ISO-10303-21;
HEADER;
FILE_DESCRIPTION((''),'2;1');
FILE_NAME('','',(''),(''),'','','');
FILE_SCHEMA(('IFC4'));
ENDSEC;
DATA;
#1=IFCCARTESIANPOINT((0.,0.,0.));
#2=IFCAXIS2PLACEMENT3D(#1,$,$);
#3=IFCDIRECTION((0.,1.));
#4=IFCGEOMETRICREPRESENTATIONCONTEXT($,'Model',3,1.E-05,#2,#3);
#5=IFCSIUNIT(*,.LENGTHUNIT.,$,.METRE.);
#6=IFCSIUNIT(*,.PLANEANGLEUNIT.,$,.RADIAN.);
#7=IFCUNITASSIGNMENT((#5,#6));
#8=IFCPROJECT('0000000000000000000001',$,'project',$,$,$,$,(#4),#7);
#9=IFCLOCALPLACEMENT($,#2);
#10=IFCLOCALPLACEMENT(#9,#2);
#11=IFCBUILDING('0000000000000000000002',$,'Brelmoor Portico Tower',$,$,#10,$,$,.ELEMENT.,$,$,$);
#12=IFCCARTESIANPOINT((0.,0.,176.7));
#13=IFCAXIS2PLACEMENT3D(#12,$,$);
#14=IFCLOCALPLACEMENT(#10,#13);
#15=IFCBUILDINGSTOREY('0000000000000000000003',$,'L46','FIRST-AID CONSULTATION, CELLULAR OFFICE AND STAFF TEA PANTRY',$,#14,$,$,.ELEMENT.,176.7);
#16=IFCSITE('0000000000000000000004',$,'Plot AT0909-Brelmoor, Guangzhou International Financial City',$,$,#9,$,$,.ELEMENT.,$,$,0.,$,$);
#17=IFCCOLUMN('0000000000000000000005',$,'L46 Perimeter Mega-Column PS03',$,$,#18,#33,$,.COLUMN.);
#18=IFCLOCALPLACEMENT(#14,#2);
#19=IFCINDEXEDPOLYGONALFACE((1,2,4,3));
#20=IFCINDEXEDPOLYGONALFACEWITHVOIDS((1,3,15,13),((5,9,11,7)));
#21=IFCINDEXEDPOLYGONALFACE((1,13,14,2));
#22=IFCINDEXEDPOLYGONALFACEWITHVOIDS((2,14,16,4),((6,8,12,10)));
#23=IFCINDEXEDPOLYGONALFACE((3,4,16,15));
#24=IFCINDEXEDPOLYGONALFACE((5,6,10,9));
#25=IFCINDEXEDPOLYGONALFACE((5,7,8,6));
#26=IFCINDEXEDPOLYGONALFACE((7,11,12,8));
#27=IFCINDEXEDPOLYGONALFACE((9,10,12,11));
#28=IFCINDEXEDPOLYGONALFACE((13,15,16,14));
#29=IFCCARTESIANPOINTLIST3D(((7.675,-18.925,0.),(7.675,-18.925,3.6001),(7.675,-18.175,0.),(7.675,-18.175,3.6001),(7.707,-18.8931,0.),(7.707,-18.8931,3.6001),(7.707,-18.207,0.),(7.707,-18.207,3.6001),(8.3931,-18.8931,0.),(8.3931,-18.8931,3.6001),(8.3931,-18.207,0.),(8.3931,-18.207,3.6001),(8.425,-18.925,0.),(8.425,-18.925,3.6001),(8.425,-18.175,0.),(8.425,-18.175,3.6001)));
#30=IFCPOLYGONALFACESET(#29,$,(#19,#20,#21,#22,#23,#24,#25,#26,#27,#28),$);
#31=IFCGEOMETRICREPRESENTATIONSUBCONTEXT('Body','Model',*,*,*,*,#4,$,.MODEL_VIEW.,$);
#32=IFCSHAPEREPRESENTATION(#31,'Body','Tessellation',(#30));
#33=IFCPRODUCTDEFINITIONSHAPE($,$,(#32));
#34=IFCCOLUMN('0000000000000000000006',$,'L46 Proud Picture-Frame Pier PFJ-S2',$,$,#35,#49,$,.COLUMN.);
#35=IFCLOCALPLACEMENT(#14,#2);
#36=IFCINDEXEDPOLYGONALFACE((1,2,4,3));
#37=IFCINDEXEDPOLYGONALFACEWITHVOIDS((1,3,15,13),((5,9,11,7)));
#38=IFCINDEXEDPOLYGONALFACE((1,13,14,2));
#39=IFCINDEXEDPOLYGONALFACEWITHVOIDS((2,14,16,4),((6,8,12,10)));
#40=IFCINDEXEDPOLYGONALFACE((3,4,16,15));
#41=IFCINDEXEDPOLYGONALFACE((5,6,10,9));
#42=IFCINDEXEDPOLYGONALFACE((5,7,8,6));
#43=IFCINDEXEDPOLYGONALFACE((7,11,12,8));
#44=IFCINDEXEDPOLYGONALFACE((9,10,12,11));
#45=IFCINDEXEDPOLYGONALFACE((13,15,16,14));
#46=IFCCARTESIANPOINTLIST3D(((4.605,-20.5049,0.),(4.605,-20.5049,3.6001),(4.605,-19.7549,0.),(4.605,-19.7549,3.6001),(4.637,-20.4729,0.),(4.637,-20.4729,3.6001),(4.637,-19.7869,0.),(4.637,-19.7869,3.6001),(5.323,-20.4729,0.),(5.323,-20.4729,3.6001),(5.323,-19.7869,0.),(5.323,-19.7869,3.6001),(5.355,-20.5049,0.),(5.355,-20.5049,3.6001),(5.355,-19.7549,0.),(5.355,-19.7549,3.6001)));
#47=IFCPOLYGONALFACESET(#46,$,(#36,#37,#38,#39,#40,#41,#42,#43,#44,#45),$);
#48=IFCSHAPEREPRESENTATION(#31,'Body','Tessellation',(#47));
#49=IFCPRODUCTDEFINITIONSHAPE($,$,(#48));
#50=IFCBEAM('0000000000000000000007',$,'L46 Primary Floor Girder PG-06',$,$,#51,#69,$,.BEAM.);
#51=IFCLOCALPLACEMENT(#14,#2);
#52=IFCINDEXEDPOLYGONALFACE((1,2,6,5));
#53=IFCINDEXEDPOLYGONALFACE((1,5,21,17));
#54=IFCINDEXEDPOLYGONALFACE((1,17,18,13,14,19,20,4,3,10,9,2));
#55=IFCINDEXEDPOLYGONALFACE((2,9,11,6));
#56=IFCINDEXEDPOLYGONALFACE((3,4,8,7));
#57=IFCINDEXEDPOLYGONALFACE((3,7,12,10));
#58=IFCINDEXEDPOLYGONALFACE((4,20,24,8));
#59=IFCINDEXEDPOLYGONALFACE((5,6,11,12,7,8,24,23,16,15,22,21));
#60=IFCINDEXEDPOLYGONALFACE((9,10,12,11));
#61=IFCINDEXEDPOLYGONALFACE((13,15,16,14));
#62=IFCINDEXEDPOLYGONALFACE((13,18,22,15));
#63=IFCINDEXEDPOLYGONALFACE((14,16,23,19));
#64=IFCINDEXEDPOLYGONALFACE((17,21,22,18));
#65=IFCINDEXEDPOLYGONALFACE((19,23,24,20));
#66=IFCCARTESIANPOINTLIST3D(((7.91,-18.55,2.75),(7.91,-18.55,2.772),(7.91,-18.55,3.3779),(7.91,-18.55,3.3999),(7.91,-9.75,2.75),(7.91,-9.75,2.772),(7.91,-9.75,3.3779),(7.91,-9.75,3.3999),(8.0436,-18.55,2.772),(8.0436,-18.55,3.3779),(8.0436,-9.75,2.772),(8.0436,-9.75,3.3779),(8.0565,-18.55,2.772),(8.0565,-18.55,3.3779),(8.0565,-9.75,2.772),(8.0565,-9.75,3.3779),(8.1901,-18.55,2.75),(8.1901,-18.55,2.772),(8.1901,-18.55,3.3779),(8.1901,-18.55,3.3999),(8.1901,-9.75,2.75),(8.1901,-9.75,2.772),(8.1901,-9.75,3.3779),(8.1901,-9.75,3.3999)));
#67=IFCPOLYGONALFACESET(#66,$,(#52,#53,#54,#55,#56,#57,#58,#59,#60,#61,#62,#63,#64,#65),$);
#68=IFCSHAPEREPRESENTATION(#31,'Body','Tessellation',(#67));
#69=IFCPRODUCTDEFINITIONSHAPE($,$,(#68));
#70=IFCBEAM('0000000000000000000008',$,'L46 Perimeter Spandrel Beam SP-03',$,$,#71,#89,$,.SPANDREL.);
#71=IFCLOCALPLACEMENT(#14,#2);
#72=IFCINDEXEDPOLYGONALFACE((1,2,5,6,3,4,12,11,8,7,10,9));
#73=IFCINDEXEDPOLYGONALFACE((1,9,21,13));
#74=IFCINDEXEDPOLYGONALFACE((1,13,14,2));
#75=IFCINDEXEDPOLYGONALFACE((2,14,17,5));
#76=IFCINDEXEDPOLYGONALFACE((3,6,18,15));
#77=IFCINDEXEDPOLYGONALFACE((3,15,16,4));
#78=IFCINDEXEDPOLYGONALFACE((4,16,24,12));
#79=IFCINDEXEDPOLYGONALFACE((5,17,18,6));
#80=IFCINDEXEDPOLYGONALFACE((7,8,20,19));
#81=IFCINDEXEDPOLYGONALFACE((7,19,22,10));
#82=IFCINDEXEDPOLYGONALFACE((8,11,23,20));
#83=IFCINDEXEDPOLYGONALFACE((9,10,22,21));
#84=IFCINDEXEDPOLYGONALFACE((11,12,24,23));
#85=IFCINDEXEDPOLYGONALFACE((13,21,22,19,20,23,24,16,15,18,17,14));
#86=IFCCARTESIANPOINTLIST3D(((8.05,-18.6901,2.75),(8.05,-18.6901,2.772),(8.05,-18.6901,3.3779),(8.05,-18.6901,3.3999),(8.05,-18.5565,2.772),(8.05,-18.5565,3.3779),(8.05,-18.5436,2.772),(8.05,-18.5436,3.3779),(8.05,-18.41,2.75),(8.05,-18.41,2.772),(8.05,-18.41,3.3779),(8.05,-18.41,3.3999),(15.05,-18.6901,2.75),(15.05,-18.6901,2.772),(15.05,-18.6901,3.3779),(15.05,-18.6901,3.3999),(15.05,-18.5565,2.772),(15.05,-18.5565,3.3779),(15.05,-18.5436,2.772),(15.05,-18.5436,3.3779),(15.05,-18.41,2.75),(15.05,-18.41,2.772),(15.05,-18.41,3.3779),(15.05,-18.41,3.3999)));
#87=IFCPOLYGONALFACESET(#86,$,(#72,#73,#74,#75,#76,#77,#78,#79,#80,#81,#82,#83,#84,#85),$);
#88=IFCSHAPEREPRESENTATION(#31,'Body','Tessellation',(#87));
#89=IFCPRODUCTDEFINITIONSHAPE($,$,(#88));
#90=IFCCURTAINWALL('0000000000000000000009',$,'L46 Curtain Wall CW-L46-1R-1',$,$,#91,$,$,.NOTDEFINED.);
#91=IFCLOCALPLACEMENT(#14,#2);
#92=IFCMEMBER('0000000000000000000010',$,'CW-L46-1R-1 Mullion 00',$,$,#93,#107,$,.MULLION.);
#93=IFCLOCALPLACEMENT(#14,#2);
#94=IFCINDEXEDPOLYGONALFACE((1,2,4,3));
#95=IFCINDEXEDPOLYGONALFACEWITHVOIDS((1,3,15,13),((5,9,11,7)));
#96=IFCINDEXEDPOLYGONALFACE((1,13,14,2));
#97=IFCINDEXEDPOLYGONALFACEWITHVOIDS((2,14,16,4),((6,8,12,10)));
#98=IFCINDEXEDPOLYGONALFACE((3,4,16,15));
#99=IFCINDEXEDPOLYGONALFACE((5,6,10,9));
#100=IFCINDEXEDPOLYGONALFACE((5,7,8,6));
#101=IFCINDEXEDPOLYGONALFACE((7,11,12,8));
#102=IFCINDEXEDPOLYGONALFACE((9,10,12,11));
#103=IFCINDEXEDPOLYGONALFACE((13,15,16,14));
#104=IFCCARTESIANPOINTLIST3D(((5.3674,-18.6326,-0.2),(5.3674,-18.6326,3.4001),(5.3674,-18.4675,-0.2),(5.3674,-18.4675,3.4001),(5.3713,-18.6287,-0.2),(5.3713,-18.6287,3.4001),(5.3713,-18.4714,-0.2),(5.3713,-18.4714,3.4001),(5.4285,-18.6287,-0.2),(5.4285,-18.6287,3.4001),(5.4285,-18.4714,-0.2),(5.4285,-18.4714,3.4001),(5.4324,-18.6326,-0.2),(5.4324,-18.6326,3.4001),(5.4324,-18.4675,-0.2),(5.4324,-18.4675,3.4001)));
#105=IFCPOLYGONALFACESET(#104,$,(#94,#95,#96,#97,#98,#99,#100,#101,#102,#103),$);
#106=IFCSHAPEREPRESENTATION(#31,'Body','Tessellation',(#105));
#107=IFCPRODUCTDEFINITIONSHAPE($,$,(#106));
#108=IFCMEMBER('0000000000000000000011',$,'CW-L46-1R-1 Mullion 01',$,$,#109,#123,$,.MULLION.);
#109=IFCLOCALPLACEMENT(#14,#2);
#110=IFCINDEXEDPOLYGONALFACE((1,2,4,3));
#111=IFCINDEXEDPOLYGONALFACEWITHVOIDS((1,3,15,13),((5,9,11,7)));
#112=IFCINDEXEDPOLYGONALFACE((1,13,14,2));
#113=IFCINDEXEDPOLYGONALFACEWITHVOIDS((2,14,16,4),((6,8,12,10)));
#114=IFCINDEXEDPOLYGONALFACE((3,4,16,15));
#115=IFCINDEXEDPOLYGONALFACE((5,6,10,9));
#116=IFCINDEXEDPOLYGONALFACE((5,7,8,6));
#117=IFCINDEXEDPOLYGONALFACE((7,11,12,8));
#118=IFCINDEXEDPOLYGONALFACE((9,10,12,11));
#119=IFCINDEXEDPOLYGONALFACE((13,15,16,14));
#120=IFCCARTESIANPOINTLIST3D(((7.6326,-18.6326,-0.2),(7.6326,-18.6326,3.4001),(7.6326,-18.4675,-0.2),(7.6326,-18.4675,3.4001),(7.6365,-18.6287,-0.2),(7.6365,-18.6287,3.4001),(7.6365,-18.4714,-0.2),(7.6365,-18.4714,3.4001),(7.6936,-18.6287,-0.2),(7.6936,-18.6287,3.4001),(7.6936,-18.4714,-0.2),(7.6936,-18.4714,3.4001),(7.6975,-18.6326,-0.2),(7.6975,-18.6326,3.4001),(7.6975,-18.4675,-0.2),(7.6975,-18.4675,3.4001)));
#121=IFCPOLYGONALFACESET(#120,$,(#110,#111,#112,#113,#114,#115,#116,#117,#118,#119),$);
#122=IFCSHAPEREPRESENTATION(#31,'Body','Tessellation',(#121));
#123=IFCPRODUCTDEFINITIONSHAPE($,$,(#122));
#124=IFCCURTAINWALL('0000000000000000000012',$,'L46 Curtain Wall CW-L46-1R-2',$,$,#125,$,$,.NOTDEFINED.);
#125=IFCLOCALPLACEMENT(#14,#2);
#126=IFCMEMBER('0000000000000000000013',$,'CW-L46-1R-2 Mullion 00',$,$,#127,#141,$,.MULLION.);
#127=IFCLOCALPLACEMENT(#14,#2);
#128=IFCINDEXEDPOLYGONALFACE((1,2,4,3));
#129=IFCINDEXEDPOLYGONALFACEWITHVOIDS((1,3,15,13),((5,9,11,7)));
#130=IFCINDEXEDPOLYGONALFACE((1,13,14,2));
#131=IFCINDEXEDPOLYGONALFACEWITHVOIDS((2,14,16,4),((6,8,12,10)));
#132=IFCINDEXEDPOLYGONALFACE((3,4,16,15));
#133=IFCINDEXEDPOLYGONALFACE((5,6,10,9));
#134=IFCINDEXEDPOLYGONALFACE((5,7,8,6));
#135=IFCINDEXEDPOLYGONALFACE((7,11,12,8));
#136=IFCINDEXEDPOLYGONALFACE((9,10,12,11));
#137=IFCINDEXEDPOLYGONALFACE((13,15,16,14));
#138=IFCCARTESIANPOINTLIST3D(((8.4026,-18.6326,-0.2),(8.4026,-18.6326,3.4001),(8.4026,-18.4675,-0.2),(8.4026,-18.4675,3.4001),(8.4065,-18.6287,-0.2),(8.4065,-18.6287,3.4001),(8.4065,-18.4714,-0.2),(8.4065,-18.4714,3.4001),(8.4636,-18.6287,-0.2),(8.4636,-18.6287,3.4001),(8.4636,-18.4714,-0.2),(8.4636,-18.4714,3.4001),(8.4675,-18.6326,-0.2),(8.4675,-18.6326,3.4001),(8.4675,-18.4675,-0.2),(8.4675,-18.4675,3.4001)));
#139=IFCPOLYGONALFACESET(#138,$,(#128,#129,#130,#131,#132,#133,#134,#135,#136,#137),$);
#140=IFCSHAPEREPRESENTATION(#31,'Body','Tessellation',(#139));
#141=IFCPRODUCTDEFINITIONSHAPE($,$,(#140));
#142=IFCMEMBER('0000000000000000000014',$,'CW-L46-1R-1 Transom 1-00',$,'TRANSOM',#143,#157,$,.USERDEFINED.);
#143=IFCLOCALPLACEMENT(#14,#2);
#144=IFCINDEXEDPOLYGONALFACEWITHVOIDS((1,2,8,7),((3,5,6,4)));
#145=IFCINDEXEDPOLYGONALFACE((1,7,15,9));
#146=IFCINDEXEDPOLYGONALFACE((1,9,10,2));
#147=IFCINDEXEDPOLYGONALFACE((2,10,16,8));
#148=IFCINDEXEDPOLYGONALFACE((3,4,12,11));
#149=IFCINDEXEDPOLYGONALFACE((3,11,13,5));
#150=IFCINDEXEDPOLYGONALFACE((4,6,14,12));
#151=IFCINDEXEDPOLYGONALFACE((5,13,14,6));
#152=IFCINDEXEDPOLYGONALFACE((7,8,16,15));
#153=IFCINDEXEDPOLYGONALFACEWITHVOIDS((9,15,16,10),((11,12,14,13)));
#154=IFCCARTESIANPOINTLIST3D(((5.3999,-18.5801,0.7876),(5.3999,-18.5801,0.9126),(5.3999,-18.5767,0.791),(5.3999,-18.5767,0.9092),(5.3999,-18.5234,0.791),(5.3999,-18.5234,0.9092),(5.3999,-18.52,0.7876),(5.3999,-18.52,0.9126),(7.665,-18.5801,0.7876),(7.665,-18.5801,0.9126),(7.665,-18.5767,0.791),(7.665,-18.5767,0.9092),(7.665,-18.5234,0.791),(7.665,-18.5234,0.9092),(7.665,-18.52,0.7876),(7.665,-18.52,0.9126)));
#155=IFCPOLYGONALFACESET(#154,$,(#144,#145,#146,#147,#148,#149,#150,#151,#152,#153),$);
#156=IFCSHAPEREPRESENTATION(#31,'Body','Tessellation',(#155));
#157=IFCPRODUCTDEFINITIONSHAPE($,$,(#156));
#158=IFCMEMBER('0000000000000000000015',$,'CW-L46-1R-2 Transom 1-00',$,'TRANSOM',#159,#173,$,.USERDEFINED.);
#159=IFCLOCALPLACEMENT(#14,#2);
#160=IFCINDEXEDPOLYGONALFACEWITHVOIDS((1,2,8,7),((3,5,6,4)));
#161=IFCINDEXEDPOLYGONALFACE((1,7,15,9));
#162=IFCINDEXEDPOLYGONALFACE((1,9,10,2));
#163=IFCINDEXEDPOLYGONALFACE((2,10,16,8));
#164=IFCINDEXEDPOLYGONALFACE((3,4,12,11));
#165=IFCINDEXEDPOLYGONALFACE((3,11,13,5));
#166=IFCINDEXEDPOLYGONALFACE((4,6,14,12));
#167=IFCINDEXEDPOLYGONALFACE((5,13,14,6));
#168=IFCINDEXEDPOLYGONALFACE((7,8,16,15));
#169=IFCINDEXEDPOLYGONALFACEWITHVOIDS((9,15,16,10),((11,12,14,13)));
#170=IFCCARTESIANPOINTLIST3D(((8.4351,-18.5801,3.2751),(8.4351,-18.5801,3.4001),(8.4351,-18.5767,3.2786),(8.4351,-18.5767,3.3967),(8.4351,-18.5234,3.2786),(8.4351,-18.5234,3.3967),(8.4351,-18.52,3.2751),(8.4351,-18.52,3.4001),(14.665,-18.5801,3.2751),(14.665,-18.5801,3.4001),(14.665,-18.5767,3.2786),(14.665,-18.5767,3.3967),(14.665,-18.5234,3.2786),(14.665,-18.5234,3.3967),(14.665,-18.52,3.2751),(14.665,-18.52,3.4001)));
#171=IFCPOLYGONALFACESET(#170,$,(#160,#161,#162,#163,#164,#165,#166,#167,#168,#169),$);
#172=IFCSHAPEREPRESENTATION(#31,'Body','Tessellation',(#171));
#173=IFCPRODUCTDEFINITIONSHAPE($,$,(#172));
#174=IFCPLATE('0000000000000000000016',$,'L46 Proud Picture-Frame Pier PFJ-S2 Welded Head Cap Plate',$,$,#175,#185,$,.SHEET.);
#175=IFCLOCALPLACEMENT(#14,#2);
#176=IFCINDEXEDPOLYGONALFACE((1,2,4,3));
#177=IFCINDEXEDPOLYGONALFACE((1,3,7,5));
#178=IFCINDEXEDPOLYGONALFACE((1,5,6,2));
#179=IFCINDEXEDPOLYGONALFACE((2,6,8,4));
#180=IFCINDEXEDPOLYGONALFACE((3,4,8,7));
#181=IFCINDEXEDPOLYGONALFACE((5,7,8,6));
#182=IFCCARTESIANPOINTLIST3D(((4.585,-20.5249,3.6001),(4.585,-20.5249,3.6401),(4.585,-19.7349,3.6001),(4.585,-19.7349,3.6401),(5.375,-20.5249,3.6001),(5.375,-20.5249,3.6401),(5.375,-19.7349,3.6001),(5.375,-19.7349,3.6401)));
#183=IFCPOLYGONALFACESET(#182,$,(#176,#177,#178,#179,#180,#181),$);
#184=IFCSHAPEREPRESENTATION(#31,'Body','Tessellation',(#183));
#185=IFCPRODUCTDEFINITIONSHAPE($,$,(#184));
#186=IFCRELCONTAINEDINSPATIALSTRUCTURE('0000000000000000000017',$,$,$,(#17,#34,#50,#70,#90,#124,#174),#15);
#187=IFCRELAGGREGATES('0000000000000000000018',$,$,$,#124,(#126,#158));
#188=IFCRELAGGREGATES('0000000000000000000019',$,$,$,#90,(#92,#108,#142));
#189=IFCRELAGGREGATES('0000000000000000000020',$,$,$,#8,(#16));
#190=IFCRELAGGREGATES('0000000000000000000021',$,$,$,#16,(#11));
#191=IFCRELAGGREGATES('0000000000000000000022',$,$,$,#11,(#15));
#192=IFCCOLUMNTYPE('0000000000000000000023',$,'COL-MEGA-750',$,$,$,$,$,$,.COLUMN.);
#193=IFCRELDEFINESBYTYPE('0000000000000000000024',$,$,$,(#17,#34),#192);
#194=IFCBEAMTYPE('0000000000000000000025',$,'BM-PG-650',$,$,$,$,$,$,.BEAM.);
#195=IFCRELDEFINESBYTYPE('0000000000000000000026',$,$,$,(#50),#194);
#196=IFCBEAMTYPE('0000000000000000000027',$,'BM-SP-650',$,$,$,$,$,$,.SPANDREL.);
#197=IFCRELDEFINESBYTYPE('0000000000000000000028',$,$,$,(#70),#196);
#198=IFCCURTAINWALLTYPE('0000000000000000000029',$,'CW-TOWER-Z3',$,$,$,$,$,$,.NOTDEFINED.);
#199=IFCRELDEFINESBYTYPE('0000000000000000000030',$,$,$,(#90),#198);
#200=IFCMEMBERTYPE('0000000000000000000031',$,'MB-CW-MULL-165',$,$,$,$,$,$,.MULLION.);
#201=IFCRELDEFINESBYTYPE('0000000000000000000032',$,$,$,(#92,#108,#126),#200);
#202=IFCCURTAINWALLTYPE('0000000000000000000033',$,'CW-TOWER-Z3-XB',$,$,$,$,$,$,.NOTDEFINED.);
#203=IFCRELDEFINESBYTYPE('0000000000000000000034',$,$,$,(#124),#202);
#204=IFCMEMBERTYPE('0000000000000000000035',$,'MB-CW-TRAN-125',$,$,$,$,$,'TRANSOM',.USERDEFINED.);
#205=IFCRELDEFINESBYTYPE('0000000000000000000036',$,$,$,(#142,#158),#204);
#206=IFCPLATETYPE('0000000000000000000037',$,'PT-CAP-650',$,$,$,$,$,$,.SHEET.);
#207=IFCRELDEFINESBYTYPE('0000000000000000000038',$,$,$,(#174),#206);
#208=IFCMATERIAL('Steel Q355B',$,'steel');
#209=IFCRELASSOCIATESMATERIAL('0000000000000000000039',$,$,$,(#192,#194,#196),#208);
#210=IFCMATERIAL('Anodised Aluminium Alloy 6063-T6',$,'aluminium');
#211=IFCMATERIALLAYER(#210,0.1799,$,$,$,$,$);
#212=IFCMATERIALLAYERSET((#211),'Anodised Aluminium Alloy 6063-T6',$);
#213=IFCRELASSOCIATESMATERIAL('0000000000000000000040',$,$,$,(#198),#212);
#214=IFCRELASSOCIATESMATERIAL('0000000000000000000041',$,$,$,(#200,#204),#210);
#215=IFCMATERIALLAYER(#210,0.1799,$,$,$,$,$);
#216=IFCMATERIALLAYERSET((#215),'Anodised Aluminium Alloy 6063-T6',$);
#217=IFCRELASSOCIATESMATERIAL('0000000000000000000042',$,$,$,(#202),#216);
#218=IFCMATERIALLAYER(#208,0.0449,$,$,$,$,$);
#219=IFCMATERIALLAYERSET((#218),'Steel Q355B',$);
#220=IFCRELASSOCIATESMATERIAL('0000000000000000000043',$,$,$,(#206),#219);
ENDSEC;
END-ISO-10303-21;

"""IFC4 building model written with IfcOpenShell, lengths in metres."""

from ifc_helpers import new_model, si_unit, direction, frame, origin, origin_2d, place, context, subcontext, project, spatial, rectangle, hollow_rectangle, i_section, extrude, material, layer, layer_set, material_profile, profile_set, type_object, element, aggregate, save


model = new_model("IFC4")

# Units and contexts
model_context = context("Model", 3, precision=1e-05, world=origin(), true_north=direction((0.0, 1.0)))
body_context = subcontext(model_context, "Body", "Model", "MODEL_VIEW")
ifc_project = project(units=[si_unit("LENGTHUNIT", "METRE"), si_unit("PLANEANGLEUNIT", "RADIAN")], contexts=[model_context])

# Site, building, storey
site_placement = place(None, origin())
site = spatial("IfcSite", under=ifc_project, at=site_placement, Name="Plot AT0909-Brelmoor, Guangzhou International Financial City", CompositionType="ELEMENT", RefElevation=0.0)
building_placement = place(site_placement, origin())
building = spatial("IfcBuilding", under=site, at=building_placement, Name="Brelmoor Portico Tower", CompositionType="ELEMENT")
storey_placement = place(building_placement, frame((0.0, 0.0, 176.7)))
storey = spatial("IfcBuildingStorey", under=building, at=storey_placement, Name="L46", Description="FIRST-AID CONSULTATION, CELLULAR OFFICE AND STAFF TEA PANTRY", CompositionType="ELEMENT", Elevation=176.7)

# Columns
ifc_material_1 = material(Name="Steel Q355B", Category="steel")
ifc_material_profile_1 = material_profile(ifc_material_1, hollow_rectangle(XDim=0.75, YDim=0.75, WallThickness=0.032, at=origin_2d()), Name="BOX 750x750x32")
ifc_profile_set_1 = profile_set([ifc_material_profile_1], Name="Steel Q355B")
column_type = type_object("IfcColumnType", Name="COL-MEGA-750", PredefinedType="COLUMN", material=ifc_profile_set_1)
for number, where, z_axis, x_axis, name in (
    (1, (8.05, -18.55, 0.0), (0.0, 0.0, 1.0), (1.0, 0.0, 0.0), "L46 Perimeter Mega-Column PS03"),
    (2, (4.98, -20.1299, 0.0), (0.0, 0.0, 1.0), (1.0, 0.0, 0.0), "L46 Proud Picture-Frame Pier PFJ-S2"),
):
    element("IfcColumn", number, at=place(storey_placement, frame(where, z_axis=z_axis, x_axis=x_axis)), inside=storey, type_object=column_type, Name=name, PredefinedType="COLUMN", context=body_context, shape_type="SweptSolid", body=[
        extrude(hollow_rectangle(XDim=0.75, YDim=0.75, WallThickness=0.032, at=origin_2d()), origin(), (0.0, 0.0, 1.0), 3.6001),
    ])

# Beams
ifc_material_profile_2 = material_profile(ifc_material_1, i_section(OverallWidth=0.28, OverallDepth=0.6499, WebThickness=0.0129, FlangeThickness=0.022, at=origin_2d()), Name="HN 650x280x13x22")
ifc_profile_set_2 = profile_set([ifc_material_profile_2], Name="Steel Q355B")
beam_type_1 = type_object("IfcBeamType", Name="BM-PG-650", PredefinedType="BEAM", material=ifc_profile_set_2)
beam_1_placement = place(storey_placement, frame((8.05, -18.55, 3.075), z_axis=(0.0, 1.0, 0.0), x_axis=(-1.0, 0.0, 0.0)))
element("IfcBeam", 3, at=beam_1_placement, inside=storey, type_object=beam_type_1, Name="L46 Primary Floor Girder PG-06", PredefinedType="BEAM", context=body_context, shape_type="SweptSolid", body=[
    extrude(i_section(OverallWidth=0.28, OverallDepth=0.6499, WebThickness=0.0129, FlangeThickness=0.022, at=origin_2d()), origin(), (0.0, 0.0, 1.0), 8.8),
])
ifc_material_profile_3 = material_profile(ifc_material_1, i_section(OverallWidth=0.28, OverallDepth=0.6499, WebThickness=0.0129, FlangeThickness=0.022, at=origin_2d()), Name="HN 650x280x13x22")
ifc_profile_set_3 = profile_set([ifc_material_profile_3], Name="Steel Q355B")
beam_type_2 = type_object("IfcBeamType", Name="BM-SP-650", PredefinedType="SPANDREL", material=ifc_profile_set_3)
beam_2_placement = place(storey_placement, frame((8.05, -18.55, 3.075), z_axis=(1.0, 0.0, 0.0), x_axis=(0.0, 1.0, 0.0)))
element("IfcBeam", 4, at=beam_2_placement, inside=storey, type_object=beam_type_2, Name="L46 Perimeter Spandrel Beam SP-03", PredefinedType="SPANDREL", context=body_context, shape_type="SweptSolid", body=[
    extrude(i_section(OverallWidth=0.28, OverallDepth=0.6499, WebThickness=0.0129, FlangeThickness=0.022, at=origin_2d()), origin(), (0.0, 0.0, 1.0), 7.0),
])

# Curtain wall, members
ifc_material_2 = material(Name="Anodised Aluminium Alloy 6063-T6", Category="aluminium")
ifc_layer_1 = layer(ifc_material_2, 0.1799)
ifc_layer_set_1 = layer_set([ifc_layer_1], Name="Anodised Aluminium Alloy 6063-T6")
curtain_wall_type_1 = type_object("IfcCurtainWallType", Name="CW-TOWER-Z3", PredefinedType="NOTDEFINED", material=ifc_layer_set_1)
curtain_wall_1_placement = place(storey_placement, origin())
curtain_wall_1 = element("IfcCurtainWall", 5, at=curtain_wall_1_placement, inside=storey, type_object=curtain_wall_type_1, Name="L46 Curtain Wall CW-L46-1R-1", PredefinedType="NOTDEFINED")
ifc_material_profile_4 = material_profile(ifc_material_2, hollow_rectangle(XDim=0.0649, YDim=0.165, WallThickness=0.0039, at=origin_2d()), Name="ALU MULLION 65x165")
ifc_profile_set_4 = profile_set([ifc_material_profile_4], Name="Anodised Aluminium Alloy 6063-T6")
member_type_1 = type_object("IfcMemberType", Name="MB-CW-MULL-165", PredefinedType="MULLION", material=ifc_profile_set_4)
member_1_placement = place(storey_placement, frame((5.3999, -18.55, -0.2), z_axis=(0.0, 0.0, 1.0), x_axis=(1.0, 0.0, 0.0)))
member_1 = element("IfcMember", 6, at=member_1_placement, type_object=member_type_1, Name="CW-L46-1R-1 Mullion 00", PredefinedType="MULLION", context=body_context, shape_type="SweptSolid", body=[
    extrude(hollow_rectangle(XDim=0.0649, YDim=0.165, WallThickness=0.0039, at=origin_2d()), origin(), (0.0, 0.0, 1.0), 3.6001),
])
member_2_placement = place(storey_placement, frame((7.665, -18.55, -0.2), z_axis=(0.0, 0.0, 1.0), x_axis=(1.0, 0.0, 0.0)))
member_2 = element("IfcMember", 7, at=member_2_placement, type_object=member_type_1, Name="CW-L46-1R-1 Mullion 01", PredefinedType="MULLION", context=body_context, shape_type="SweptSolid", body=[
    extrude(hollow_rectangle(XDim=0.0649, YDim=0.165, WallThickness=0.0039, at=origin_2d()), origin(), (0.0, 0.0, 1.0), 3.6001),
])

# Curtain wall, member
ifc_layer_2 = layer(ifc_material_2, 0.1799)
ifc_layer_set_2 = layer_set([ifc_layer_2], Name="Anodised Aluminium Alloy 6063-T6")
curtain_wall_type_2 = type_object("IfcCurtainWallType", Name="CW-TOWER-Z3-XB", PredefinedType="NOTDEFINED", material=ifc_layer_set_2)
curtain_wall_2_placement = place(storey_placement, origin())
curtain_wall_2 = element("IfcCurtainWall", 8, at=curtain_wall_2_placement, inside=storey, type_object=curtain_wall_type_2, Name="L46 Curtain Wall CW-L46-1R-2", PredefinedType="NOTDEFINED")
member_3_placement = place(storey_placement, frame((8.4351, -18.55, -0.2), z_axis=(0.0, 0.0, 1.0), x_axis=(1.0, 0.0, 0.0)))
member_3 = element("IfcMember", 9, at=member_3_placement, type_object=member_type_1, Name="CW-L46-1R-2 Mullion 00", PredefinedType="MULLION", context=body_context, shape_type="SweptSolid", body=[
    extrude(hollow_rectangle(XDim=0.0649, YDim=0.165, WallThickness=0.0039, at=origin_2d()), origin(), (0.0, 0.0, 1.0), 3.6001),
])

# Members
ifc_material_profile_5 = material_profile(ifc_material_2, hollow_rectangle(XDim=0.0601, YDim=0.125, WallThickness=0.0034, at=origin_2d()), Name="ALU TRANSOM 60x125")
ifc_profile_set_5 = profile_set([ifc_material_profile_5], Name="Anodised Aluminium Alloy 6063-T6")
member_type_2 = type_object("IfcMemberType", Name="MB-CW-TRAN-125", ElementType="TRANSOM", PredefinedType="USERDEFINED", material=ifc_profile_set_5)
member_4_placement = place(storey_placement, frame((5.3999, -18.55, 0.8501), z_axis=(1.0, 0.0, 0.0), x_axis=(0.0, 1.0, 0.0)))
member_4 = element("IfcMember", 10, at=member_4_placement, type_object=member_type_2, Name="CW-L46-1R-1 Transom 1-00", ObjectType="TRANSOM", PredefinedType="USERDEFINED", context=body_context, shape_type="SweptSolid", body=[
    extrude(hollow_rectangle(XDim=0.0601, YDim=0.125, WallThickness=0.0034, at=origin_2d()), origin(), (0.0, 0.0, 1.0), 2.2651),
])
member_5_placement = place(storey_placement, frame((8.4351, -18.55, 3.3376), z_axis=(1.0, 0.0, 0.0), x_axis=(0.0, 1.0, 0.0)))
member_5 = element("IfcMember", 11, at=member_5_placement, type_object=member_type_2, Name="CW-L46-1R-2 Transom 1-00", ObjectType="TRANSOM", PredefinedType="USERDEFINED", context=body_context, shape_type="SweptSolid", body=[
    extrude(hollow_rectangle(XDim=0.0601, YDim=0.125, WallThickness=0.0034, at=origin_2d()), origin(), (0.0, 0.0, 1.0), 6.23),
])
aggregate(curtain_wall_2, [member_3, member_5])

# Plate
ifc_layer_3 = layer(ifc_material_1, 0.0449)
ifc_layer_set_3 = layer_set([ifc_layer_3], Name="Steel Q355B")
plate_type_1 = type_object("IfcPlateType", Name="PT-CAP-650", PredefinedType="SHEET", material=ifc_layer_set_3)
plate_1_placement = place(storey_placement, frame((4.98, -20.1299, 3.6001), z_axis=(0.0, 0.0, 1.0), x_axis=(1.0, 0.0, 0.0)))
element("IfcPlate", 12, at=plate_1_placement, inside=storey, type_object=plate_type_1, Name="L46 Proud Picture-Frame Pier PFJ-S2 Welded Head Cap Plate", PredefinedType="SHEET", context=body_context, shape_type="SweptSolid", body=[
    extrude(rectangle(XDim=0.79, YDim=0.79, at=origin_2d()), origin(), (0.0, 0.0, 1.0), 0.04),
])
aggregate(curtain_wall_1, [member_1, member_2, member_4])

save(model, "model.ifc")
